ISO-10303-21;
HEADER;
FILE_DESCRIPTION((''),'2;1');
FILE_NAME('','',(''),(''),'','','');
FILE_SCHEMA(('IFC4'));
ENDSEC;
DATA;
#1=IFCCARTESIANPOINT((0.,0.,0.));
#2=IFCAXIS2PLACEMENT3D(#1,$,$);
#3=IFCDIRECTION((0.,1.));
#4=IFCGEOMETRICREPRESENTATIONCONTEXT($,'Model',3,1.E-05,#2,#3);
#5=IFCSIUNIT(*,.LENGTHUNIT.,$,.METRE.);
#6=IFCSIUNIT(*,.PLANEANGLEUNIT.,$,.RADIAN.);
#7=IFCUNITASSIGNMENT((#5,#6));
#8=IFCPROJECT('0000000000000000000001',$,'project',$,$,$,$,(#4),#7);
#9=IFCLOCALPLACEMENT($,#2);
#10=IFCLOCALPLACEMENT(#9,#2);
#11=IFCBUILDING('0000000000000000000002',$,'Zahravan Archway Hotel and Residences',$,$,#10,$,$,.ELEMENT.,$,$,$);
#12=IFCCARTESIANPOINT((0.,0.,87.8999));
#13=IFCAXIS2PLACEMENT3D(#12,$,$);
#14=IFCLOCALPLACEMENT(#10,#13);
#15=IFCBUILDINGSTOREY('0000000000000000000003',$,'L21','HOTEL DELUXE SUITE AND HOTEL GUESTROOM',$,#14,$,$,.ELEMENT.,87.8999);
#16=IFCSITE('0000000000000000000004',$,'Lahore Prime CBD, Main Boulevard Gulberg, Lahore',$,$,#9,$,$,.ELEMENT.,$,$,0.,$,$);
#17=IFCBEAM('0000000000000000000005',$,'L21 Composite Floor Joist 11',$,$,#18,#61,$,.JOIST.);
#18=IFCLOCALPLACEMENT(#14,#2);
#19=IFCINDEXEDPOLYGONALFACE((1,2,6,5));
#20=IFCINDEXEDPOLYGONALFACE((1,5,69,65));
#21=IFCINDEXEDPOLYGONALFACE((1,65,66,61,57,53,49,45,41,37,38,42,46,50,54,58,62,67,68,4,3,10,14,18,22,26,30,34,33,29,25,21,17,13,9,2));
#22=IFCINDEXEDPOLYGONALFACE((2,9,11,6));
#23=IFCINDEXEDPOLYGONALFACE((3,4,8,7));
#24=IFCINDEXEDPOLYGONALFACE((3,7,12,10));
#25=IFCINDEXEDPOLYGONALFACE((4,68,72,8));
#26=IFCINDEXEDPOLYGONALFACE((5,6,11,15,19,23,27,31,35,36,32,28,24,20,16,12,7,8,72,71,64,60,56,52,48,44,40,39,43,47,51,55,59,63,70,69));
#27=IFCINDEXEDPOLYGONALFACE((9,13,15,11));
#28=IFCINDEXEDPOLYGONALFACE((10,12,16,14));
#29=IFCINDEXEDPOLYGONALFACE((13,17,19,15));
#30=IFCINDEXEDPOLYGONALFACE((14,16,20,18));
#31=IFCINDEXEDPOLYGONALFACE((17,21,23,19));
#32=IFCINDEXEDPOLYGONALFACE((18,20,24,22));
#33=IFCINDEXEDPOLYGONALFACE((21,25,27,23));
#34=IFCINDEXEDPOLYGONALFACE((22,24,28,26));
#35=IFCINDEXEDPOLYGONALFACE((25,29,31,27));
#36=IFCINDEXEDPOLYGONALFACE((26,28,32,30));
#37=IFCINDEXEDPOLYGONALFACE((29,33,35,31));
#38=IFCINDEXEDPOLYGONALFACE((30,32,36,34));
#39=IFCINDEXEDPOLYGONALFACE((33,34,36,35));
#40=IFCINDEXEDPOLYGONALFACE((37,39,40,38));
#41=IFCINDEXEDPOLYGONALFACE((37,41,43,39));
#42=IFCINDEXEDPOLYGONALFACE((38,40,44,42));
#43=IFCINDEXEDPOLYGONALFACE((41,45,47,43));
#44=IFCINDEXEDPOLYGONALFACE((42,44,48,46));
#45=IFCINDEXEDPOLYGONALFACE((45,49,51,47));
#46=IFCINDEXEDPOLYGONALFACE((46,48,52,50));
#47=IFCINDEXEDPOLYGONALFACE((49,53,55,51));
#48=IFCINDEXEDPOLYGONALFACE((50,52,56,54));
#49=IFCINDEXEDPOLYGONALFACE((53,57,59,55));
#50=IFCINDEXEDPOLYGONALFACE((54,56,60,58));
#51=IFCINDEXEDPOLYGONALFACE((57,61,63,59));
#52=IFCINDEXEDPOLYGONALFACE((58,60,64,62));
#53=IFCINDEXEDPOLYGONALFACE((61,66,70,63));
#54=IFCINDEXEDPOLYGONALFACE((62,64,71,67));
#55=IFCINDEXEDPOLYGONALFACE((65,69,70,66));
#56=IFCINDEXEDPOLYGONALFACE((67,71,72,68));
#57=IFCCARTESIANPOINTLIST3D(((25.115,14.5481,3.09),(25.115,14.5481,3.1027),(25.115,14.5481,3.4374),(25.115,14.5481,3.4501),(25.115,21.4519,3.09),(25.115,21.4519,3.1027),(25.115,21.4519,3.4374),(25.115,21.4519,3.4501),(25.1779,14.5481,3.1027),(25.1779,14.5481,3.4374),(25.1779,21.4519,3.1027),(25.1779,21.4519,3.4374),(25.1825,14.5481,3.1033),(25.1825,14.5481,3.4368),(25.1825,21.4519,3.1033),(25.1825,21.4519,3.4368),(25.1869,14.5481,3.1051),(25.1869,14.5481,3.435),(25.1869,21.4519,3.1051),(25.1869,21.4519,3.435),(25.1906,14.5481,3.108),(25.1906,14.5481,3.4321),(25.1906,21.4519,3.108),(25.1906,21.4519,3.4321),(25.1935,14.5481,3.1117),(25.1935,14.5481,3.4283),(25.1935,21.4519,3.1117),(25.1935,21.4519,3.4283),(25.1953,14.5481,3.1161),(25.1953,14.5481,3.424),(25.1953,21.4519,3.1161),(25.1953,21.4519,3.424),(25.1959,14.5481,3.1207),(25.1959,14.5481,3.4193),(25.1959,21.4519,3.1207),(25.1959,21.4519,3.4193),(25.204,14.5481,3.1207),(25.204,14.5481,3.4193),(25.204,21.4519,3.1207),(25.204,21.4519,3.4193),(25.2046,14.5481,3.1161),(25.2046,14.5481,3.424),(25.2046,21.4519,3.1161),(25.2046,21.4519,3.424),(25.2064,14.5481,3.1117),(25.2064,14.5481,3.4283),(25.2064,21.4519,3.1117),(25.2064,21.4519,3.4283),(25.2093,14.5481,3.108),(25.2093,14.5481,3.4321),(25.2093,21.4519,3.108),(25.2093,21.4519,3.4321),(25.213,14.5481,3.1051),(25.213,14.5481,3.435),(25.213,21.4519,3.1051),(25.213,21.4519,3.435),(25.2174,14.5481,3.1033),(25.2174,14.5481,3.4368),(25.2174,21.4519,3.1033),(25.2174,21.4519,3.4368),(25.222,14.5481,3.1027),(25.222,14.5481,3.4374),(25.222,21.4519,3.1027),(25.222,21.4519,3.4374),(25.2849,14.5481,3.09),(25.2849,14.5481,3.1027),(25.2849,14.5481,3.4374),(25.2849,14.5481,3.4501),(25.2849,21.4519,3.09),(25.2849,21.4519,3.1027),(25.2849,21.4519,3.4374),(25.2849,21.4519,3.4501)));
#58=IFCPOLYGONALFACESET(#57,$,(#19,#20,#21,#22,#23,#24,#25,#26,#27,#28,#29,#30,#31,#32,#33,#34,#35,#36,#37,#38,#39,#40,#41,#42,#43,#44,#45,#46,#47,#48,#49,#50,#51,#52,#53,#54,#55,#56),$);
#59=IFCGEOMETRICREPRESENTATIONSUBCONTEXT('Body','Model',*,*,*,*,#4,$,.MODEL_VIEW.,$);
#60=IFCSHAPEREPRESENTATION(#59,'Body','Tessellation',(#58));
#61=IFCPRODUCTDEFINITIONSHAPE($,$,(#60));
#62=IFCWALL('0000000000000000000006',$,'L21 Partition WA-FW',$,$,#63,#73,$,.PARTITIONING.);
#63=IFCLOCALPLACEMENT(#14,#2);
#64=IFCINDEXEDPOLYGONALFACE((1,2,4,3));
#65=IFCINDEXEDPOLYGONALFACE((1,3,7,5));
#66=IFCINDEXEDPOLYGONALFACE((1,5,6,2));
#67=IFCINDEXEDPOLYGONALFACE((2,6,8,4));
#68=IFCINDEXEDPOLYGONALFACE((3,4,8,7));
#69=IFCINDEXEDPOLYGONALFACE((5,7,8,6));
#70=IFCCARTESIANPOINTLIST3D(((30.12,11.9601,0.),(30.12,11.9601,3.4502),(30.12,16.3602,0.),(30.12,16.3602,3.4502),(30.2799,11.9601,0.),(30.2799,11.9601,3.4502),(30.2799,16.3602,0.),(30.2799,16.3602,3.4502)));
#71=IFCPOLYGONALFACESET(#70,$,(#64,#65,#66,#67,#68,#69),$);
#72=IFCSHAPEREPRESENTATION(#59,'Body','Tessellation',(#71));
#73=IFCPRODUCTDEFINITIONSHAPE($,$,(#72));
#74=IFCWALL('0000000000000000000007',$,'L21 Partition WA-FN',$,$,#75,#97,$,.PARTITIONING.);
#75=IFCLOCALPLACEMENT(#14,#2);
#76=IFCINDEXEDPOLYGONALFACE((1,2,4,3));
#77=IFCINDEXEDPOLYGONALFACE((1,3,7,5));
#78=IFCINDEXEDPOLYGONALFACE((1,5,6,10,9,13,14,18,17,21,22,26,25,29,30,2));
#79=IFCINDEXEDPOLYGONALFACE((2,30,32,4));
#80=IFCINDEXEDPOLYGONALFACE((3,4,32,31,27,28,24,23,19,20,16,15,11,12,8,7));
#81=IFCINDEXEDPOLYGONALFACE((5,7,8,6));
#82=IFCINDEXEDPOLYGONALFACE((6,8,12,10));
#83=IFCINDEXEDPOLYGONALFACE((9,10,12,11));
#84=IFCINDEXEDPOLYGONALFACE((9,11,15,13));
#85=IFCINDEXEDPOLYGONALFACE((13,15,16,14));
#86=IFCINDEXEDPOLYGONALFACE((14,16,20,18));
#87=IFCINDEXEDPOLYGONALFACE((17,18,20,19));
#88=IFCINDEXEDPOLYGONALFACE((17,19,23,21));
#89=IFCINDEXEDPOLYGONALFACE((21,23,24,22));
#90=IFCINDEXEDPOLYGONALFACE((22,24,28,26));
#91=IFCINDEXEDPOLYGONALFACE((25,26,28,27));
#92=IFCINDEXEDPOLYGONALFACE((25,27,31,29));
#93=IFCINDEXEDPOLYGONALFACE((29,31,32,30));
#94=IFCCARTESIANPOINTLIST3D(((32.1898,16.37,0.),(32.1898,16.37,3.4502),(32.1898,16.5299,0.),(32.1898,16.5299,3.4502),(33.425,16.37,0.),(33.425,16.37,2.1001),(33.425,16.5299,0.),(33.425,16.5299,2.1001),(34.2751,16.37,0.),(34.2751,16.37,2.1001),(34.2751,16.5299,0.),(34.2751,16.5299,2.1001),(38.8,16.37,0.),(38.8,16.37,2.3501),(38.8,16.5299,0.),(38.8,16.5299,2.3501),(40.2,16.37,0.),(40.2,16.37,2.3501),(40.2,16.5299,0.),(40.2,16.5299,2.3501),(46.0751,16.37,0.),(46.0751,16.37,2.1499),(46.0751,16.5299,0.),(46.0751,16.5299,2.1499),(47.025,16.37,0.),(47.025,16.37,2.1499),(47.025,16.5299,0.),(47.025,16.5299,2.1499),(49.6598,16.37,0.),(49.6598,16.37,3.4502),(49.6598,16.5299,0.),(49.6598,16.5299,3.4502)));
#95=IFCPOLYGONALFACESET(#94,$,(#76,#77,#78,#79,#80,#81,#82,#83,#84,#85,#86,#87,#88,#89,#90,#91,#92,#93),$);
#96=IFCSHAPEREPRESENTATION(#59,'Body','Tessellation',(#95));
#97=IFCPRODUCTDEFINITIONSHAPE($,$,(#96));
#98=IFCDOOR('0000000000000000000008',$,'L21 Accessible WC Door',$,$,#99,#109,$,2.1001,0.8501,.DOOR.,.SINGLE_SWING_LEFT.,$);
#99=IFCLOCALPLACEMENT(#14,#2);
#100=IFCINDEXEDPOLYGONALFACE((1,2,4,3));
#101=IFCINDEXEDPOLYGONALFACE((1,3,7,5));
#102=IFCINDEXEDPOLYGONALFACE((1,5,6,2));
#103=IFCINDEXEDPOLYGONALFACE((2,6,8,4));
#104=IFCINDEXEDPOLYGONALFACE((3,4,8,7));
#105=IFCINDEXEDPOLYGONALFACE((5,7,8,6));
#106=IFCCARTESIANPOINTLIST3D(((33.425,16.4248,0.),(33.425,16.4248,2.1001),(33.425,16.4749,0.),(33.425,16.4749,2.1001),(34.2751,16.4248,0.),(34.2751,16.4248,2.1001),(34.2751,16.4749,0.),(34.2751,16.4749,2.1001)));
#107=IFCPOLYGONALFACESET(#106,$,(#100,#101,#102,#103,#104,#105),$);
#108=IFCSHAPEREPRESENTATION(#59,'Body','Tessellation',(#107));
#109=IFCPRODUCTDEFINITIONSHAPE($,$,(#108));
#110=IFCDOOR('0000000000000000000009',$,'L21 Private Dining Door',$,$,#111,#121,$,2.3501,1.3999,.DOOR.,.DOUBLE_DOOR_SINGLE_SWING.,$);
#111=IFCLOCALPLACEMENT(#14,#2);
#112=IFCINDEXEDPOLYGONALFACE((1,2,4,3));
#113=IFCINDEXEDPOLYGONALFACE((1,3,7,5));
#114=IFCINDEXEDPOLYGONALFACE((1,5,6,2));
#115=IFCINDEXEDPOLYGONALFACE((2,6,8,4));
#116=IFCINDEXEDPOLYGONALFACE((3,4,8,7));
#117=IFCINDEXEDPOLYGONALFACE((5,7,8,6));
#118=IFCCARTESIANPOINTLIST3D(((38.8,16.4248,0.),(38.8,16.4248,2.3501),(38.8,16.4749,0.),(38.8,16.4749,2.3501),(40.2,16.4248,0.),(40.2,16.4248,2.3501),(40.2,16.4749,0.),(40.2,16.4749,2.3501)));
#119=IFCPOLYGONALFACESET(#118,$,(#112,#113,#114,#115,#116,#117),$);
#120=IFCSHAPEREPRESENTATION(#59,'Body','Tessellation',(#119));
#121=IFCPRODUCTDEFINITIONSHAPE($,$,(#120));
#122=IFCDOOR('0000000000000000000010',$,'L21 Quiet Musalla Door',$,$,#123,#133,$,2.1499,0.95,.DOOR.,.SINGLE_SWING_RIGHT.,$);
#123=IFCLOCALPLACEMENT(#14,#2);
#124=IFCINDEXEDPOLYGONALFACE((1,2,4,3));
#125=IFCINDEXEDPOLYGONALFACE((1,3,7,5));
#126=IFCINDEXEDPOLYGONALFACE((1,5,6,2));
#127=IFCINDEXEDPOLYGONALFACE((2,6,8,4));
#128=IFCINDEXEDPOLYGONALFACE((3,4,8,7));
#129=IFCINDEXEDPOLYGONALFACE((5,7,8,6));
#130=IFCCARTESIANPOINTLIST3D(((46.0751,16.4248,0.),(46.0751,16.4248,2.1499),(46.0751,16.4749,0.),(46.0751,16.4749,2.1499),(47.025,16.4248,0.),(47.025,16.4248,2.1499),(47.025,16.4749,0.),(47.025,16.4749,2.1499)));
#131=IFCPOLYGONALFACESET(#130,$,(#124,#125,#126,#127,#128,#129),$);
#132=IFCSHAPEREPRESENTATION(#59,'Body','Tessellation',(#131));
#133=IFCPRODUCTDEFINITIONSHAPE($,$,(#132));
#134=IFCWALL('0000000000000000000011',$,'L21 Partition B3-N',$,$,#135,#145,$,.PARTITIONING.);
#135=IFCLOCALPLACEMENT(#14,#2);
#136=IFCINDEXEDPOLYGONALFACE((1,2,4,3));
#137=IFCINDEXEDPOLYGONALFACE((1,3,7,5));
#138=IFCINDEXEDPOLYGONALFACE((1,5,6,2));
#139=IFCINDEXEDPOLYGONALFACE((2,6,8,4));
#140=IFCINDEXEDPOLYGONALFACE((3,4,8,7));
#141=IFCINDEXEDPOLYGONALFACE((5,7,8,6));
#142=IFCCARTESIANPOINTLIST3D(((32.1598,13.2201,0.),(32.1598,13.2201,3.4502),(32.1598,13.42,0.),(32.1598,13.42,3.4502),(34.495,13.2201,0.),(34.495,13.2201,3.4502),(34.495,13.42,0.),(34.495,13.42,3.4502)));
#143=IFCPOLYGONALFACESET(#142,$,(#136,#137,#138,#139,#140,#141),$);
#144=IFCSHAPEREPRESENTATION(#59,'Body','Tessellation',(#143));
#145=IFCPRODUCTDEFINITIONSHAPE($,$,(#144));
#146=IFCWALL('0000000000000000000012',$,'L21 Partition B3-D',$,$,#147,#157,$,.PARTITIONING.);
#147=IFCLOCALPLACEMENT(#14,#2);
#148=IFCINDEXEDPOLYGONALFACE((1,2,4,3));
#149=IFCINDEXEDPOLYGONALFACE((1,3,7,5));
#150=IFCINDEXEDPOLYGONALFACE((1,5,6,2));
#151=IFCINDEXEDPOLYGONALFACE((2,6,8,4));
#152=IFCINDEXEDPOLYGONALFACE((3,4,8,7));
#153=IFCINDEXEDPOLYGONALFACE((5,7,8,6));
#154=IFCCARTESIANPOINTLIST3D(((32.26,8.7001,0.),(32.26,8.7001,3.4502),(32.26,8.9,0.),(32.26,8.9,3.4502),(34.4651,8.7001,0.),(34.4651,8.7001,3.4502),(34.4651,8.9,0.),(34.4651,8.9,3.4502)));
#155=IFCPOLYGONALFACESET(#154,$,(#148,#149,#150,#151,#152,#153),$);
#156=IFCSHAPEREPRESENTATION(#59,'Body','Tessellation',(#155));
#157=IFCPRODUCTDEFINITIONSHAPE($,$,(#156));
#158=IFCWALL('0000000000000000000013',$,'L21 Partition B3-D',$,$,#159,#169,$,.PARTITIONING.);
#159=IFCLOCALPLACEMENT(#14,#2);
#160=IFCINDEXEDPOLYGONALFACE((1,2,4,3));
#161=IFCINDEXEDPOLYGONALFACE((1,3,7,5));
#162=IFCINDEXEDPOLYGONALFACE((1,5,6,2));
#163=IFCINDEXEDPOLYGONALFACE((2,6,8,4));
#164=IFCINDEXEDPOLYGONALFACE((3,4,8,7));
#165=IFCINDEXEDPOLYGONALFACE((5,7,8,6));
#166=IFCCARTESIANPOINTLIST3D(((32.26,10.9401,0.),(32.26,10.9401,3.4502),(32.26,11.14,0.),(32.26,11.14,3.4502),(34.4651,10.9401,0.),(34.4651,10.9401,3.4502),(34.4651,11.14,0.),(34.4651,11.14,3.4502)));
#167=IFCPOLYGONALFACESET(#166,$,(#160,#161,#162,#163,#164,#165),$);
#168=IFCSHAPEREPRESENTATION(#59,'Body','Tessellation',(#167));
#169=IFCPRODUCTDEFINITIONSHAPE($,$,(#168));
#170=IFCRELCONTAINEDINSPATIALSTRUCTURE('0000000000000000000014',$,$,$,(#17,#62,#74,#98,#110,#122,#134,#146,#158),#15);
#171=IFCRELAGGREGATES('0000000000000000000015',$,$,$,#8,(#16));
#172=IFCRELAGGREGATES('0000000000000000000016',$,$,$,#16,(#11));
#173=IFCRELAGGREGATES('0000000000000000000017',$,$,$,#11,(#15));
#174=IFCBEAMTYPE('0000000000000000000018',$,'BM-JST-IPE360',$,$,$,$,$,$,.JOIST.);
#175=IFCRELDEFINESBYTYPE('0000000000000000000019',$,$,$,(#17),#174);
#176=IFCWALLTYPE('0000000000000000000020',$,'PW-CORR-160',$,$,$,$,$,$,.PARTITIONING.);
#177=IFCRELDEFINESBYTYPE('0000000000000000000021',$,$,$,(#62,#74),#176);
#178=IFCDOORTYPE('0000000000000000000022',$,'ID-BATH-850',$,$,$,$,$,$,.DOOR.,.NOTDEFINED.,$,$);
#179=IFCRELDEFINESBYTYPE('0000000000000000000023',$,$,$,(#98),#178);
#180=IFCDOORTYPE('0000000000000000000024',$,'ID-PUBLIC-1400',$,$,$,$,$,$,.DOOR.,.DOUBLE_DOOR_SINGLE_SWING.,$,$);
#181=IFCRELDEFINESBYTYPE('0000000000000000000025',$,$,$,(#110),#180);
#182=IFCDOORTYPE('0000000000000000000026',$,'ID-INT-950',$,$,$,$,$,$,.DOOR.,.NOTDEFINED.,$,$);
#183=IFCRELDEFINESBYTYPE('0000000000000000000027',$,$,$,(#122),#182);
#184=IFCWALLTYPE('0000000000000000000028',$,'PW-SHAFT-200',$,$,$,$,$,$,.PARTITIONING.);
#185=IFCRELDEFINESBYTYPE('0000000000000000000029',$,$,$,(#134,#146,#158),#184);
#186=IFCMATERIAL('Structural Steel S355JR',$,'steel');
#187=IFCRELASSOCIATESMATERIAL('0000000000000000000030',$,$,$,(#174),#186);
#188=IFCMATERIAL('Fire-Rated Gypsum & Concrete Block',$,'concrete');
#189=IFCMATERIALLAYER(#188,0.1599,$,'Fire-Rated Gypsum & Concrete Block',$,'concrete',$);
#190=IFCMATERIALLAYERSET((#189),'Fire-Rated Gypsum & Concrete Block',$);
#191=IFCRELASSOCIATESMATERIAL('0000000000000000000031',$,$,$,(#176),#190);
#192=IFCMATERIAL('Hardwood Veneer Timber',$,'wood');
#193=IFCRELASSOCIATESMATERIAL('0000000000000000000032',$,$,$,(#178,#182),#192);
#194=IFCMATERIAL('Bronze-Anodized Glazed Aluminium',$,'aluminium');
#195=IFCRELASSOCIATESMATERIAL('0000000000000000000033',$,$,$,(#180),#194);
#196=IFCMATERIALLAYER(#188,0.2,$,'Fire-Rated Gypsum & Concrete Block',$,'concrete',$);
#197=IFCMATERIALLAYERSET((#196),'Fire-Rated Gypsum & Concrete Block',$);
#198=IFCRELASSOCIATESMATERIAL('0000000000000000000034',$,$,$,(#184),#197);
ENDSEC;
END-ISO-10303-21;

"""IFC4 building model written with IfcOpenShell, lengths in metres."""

from ifc_helpers import new_model, si_unit, direction, frame, frame_2d, origin, origin_2d, place, context, subcontext, project, spatial, rectangle, i_section, extrude, source, transform, mapped, material, layer, layer_set, material_profile, profile_set, type_object, type_shapes, element, fill, save


model = new_model("IFC4")

# Units and contexts
model_context = context("Model", 3, precision=1e-05, world=origin(), true_north=direction((0.0, 1.0)))
body_context = subcontext(model_context, "Body", "Model", "MODEL_VIEW")
ifc_project = project(units=[si_unit("LENGTHUNIT", "METRE"), si_unit("PLANEANGLEUNIT", "RADIAN")], contexts=[model_context])

# Site, building, storey
site_placement = place(None, origin())
site = spatial("IfcSite", under=ifc_project, at=site_placement, Name="Lahore Prime CBD, Main Boulevard Gulberg, Lahore", CompositionType="ELEMENT", RefElevation=0.0)
building_placement = place(site_placement, origin())
building = spatial("IfcBuilding", under=site, at=building_placement, Name="Zahravan Archway Hotel and Residences", CompositionType="ELEMENT")
storey_placement = place(building_placement, frame((0.0, 0.0, 87.8999)))
storey = spatial("IfcBuildingStorey", under=building, at=storey_placement, Name="L21", Description="HOTEL DELUXE SUITE AND HOTEL GUESTROOM", CompositionType="ELEMENT", Elevation=87.8999)

# Beam
ifc_material_1 = material(Name="Structural Steel S355JR", Category="steel")
ifc_material_profile_1 = material_profile(ifc_material_1, i_section(OverallWidth=0.1699, OverallDepth=0.3601, WebThickness=0.0081, FlangeThickness=0.0127, FilletRadius=0.0181, at=origin_2d()), Name="IPE 360", Category="steel")
ifc_profile_set_1 = profile_set([ifc_material_profile_1], Name="Structural Steel S355JR")
beam_type_1 = type_object("IfcBeamType", Name="BM-JST-IPE360", PredefinedType="JOIST", material=ifc_profile_set_1)
shared_shape_1 = source(origin(), body_context, "Body", "SweptSolid", [
    extrude(i_section(OverallWidth=0.1699, OverallDepth=0.3601, WebThickness=0.0081, FlangeThickness=0.0127, FilletRadius=0.0181, at=origin_2d()), origin(), (0.0, 0.0, 1.0), 6.9038),
])
beam_1_placement = place(storey_placement, frame((25.2, 14.5481, 3.27), z_axis=(0.0, 1.0, 0.0), x_axis=(-1.0, 0.0, 0.0)))
element("IfcBeam", 1, at=beam_1_placement, inside=storey, type_object=beam_type_1, Name="L21 Composite Floor Joist 11", PredefinedType="JOIST", context=body_context, shape_type="MappedRepresentation", body=[
    mapped(shared_shape_1, transform((0.0, 0.0, 0.0), scale=1.0)),
])

# Wall
ifc_material_2 = material(Name="Fire-Rated Gypsum & Concrete Block", Category="concrete")
ifc_layer_1 = layer(ifc_material_2, 0.1599, Name="Fire-Rated Gypsum & Concrete Block", Category="concrete")
ifc_layer_set_1 = layer_set([ifc_layer_1], Name="Fire-Rated Gypsum & Concrete Block")
wall_type_1 = type_object("IfcWallType", Name="PW-CORR-160", PredefinedType="PARTITIONING", material=ifc_layer_set_1)
wall_1_placement = place(storey_placement, frame((30.2, 11.96, 0.0), z_axis=(0.0, 0.0, 1.0), x_axis=(0.0, 1.0, 0.0)))
element("IfcWall", 2, at=wall_1_placement, inside=storey, type_object=wall_type_1, Name="L21 Partition WA-FW", PredefinedType="PARTITIONING", context=body_context, shape_type="SweptSolid", body=[
    extrude(rectangle(XDim=4.4001, YDim=0.1599, at=frame_2d((2.2002, 0.0))), origin(), (0.0, 0.0, 1.0), 3.4502),
])

# Wall, openings, doors
wall_2_placement = place(storey_placement, frame((32.1899, 16.45, 0.0), z_axis=(0.0, 0.0, 1.0), x_axis=(1.0, 0.0, 0.0)))
wall_2 = element("IfcWall", 3, at=wall_2_placement, inside=storey, type_object=wall_type_1, Name="L21 Partition WA-FN", PredefinedType="PARTITIONING", context=body_context, shape_type="SweptSolid", body=[
    extrude(rectangle(XDim=17.47, YDim=0.1599, at=frame_2d((8.7349, 0.0))), origin(), (0.0, 0.0, 1.0), 3.4502),
])
opening_1_placement = place(wall_2_placement, frame((1.2351, 0.0, 0.0)))
opening_1 = element("IfcOpeningElement", 4, at=opening_1_placement, cuts=wall_2, PredefinedType="OPENING", context=body_context, shape_type="SweptSolid", body=[
    extrude(rectangle(XDim=0.8501, YDim=2.1001, at=frame_2d((0.425, 1.05))), frame((0.0, 0.0898, 0.0), z_axis=(0.0, -1.0, 0.0), x_axis=(1.0, 0.0, 0.0)), (0.0, 0.0, 1.0), 0.1799),
])
opening_2_placement = place(wall_2_placement, frame((6.6101, 0.0, 0.0)))
opening_2 = element("IfcOpeningElement", 5, at=opening_2_placement, cuts=wall_2, PredefinedType="OPENING", context=body_context, shape_type="SweptSolid", body=[
    extrude(rectangle(XDim=1.3999, YDim=2.3501, at=frame_2d((0.7, 1.175))), frame((0.0, 0.0898, 0.0), z_axis=(0.0, -1.0, 0.0), x_axis=(1.0, 0.0, 0.0)), (0.0, 0.0, 1.0), 0.1799),
])
opening_3_placement = place(wall_2_placement, frame((13.885, 0.0, 0.0)))
opening_3 = element("IfcOpeningElement", 6, at=opening_3_placement, cuts=wall_2, PredefinedType="OPENING", context=body_context, shape_type="SweptSolid", body=[
    extrude(rectangle(XDim=0.95, YDim=2.1499, at=frame_2d((0.4751, 1.075))), frame((0.0, 0.0898, 0.0), z_axis=(0.0, -1.0, 0.0), x_axis=(1.0, 0.0, 0.0)), (0.0, 0.0, 1.0), 0.1799),
])
ifc_material_3 = material(Name="Hardwood Veneer Timber", Category="wood")
door_type_1 = type_object("IfcDoorType", Name="ID-BATH-850", OperationType="NOTDEFINED", PredefinedType="DOOR", material=ifc_material_3)
shared_shape_2 = source(origin(), body_context, "Body", "SweptSolid", [
    extrude(rectangle(XDim=0.8501, YDim=2.1001, at=frame_2d((0.425, 1.05))), frame((0.0, 0.0249, 0.0), z_axis=(0.0, -1.0, 0.0), x_axis=(1.0, 0.0, 0.0)), (0.0, 0.0, 1.0), 0.05),
])
type_shapes(door_type_1, [shared_shape_2])
door_1_placement = place(opening_1_placement, origin())
door_1 = element("IfcDoor", 7, at=door_1_placement, inside=storey, type_object=door_type_1, Name="L21 Accessible WC Door", OperationType="SINGLE_SWING_LEFT", OverallHeight=2.1001, OverallWidth=0.8501, PredefinedType="DOOR", context=body_context, shape_type="MappedRepresentation", body=[
    mapped(shared_shape_2, transform((0.0, 0.0, 0.0), scale=1.0)),
])
fill(opening_1, door_1)
ifc_material_4 = material(Name="Bronze-Anodized Glazed Aluminium", Category="aluminium")
door_type_2 = type_object("IfcDoorType", Name="ID-PUBLIC-1400", OperationType="DOUBLE_DOOR_SINGLE_SWING", PredefinedType="DOOR", material=ifc_material_4)
shared_shape_3 = source(origin(), body_context, "Body", "SweptSolid", [
    extrude(rectangle(XDim=1.3999, YDim=2.3501, at=frame_2d((0.7, 1.175))), frame((0.0, 0.0249, 0.0), z_axis=(0.0, -1.0, 0.0), x_axis=(1.0, 0.0, 0.0)), (0.0, 0.0, 1.0), 0.05),
])
type_shapes(door_type_2, [shared_shape_3])
door_2_placement = place(opening_2_placement, origin())
door_2 = element("IfcDoor", 8, at=door_2_placement, inside=storey, type_object=door_type_2, Name="L21 Private Dining Door", OperationType="DOUBLE_DOOR_SINGLE_SWING", OverallHeight=2.3501, OverallWidth=1.3999, PredefinedType="DOOR", context=body_context, shape_type="MappedRepresentation", body=[
    mapped(shared_shape_3, transform((0.0, 0.0, 0.0), scale=1.0)),
])
fill(opening_2, door_2)
door_type_3 = type_object("IfcDoorType", Name="ID-INT-950", OperationType="NOTDEFINED", PredefinedType="DOOR", material=ifc_material_3)
shared_shape_4 = source(origin(), body_context, "Body", "SweptSolid", [
    extrude(rectangle(XDim=0.95, YDim=2.1499, at=frame_2d((0.4751, 1.075))), frame((0.0, 0.0249, 0.0), z_axis=(0.0, -1.0, 0.0), x_axis=(1.0, 0.0, 0.0)), (0.0, 0.0, 1.0), 0.05),
])
type_shapes(door_type_3, [shared_shape_4])
door_3_placement = place(opening_3_placement, origin())
door_3 = element("IfcDoor", 9, at=door_3_placement, inside=storey, type_object=door_type_3, Name="L21 Quiet Musalla Door", OperationType="SINGLE_SWING_RIGHT", OverallHeight=2.1499, OverallWidth=0.95, PredefinedType="DOOR", context=body_context, shape_type="MappedRepresentation", body=[
    mapped(shared_shape_4, transform((0.0, 0.0, 0.0), scale=1.0)),
])
fill(opening_3, door_3)

# Walls
ifc_layer_2 = layer(ifc_material_2, 0.2, Name="Fire-Rated Gypsum & Concrete Block", Category="concrete")
ifc_layer_set_2 = layer_set([ifc_layer_2], Name="Fire-Rated Gypsum & Concrete Block")
wall_type_2 = type_object("IfcWallType", Name="PW-SHAFT-200", PredefinedType="PARTITIONING", material=ifc_layer_set_2)
wall_3_placement = place(storey_placement, frame((32.1599, 13.3201, 0.0), z_axis=(0.0, 0.0, 1.0), x_axis=(1.0, 0.0, 0.0)))
element("IfcWall", 10, at=wall_3_placement, inside=storey, type_object=wall_type_2, Name="L21 Partition B3-N", PredefinedType="PARTITIONING", context=body_context, shape_type="SweptSolid", body=[
    extrude(rectangle(XDim=2.3352, YDim=0.2, at=frame_2d((1.1675, 0.0))), origin(), (0.0, 0.0, 1.0), 3.4502),
])
for number, where, z_axis, x_axis, name in (
    (11, (32.26, 8.8, 0.0), (0.0, 0.0, 1.0), (1.0, 0.0, 0.0), "L21 Partition B3-D"),
    (12, (32.26, 11.04, 0.0), (0.0, 0.0, 1.0), (1.0, 0.0, 0.0), "L21 Partition B3-D"),
):
    element("IfcWall", number, at=place(storey_placement, frame(where, z_axis=z_axis, x_axis=x_axis)), inside=storey, type_object=wall_type_2, Name=name, PredefinedType="PARTITIONING", context=body_context, shape_type="SweptSolid", body=[
        extrude(rectangle(XDim=2.2051, YDim=0.2, at=frame_2d((1.1025, 0.0))), origin(), (0.0, 0.0, 1.0), 3.4502),
    ])

save(model, "model.ifc")
